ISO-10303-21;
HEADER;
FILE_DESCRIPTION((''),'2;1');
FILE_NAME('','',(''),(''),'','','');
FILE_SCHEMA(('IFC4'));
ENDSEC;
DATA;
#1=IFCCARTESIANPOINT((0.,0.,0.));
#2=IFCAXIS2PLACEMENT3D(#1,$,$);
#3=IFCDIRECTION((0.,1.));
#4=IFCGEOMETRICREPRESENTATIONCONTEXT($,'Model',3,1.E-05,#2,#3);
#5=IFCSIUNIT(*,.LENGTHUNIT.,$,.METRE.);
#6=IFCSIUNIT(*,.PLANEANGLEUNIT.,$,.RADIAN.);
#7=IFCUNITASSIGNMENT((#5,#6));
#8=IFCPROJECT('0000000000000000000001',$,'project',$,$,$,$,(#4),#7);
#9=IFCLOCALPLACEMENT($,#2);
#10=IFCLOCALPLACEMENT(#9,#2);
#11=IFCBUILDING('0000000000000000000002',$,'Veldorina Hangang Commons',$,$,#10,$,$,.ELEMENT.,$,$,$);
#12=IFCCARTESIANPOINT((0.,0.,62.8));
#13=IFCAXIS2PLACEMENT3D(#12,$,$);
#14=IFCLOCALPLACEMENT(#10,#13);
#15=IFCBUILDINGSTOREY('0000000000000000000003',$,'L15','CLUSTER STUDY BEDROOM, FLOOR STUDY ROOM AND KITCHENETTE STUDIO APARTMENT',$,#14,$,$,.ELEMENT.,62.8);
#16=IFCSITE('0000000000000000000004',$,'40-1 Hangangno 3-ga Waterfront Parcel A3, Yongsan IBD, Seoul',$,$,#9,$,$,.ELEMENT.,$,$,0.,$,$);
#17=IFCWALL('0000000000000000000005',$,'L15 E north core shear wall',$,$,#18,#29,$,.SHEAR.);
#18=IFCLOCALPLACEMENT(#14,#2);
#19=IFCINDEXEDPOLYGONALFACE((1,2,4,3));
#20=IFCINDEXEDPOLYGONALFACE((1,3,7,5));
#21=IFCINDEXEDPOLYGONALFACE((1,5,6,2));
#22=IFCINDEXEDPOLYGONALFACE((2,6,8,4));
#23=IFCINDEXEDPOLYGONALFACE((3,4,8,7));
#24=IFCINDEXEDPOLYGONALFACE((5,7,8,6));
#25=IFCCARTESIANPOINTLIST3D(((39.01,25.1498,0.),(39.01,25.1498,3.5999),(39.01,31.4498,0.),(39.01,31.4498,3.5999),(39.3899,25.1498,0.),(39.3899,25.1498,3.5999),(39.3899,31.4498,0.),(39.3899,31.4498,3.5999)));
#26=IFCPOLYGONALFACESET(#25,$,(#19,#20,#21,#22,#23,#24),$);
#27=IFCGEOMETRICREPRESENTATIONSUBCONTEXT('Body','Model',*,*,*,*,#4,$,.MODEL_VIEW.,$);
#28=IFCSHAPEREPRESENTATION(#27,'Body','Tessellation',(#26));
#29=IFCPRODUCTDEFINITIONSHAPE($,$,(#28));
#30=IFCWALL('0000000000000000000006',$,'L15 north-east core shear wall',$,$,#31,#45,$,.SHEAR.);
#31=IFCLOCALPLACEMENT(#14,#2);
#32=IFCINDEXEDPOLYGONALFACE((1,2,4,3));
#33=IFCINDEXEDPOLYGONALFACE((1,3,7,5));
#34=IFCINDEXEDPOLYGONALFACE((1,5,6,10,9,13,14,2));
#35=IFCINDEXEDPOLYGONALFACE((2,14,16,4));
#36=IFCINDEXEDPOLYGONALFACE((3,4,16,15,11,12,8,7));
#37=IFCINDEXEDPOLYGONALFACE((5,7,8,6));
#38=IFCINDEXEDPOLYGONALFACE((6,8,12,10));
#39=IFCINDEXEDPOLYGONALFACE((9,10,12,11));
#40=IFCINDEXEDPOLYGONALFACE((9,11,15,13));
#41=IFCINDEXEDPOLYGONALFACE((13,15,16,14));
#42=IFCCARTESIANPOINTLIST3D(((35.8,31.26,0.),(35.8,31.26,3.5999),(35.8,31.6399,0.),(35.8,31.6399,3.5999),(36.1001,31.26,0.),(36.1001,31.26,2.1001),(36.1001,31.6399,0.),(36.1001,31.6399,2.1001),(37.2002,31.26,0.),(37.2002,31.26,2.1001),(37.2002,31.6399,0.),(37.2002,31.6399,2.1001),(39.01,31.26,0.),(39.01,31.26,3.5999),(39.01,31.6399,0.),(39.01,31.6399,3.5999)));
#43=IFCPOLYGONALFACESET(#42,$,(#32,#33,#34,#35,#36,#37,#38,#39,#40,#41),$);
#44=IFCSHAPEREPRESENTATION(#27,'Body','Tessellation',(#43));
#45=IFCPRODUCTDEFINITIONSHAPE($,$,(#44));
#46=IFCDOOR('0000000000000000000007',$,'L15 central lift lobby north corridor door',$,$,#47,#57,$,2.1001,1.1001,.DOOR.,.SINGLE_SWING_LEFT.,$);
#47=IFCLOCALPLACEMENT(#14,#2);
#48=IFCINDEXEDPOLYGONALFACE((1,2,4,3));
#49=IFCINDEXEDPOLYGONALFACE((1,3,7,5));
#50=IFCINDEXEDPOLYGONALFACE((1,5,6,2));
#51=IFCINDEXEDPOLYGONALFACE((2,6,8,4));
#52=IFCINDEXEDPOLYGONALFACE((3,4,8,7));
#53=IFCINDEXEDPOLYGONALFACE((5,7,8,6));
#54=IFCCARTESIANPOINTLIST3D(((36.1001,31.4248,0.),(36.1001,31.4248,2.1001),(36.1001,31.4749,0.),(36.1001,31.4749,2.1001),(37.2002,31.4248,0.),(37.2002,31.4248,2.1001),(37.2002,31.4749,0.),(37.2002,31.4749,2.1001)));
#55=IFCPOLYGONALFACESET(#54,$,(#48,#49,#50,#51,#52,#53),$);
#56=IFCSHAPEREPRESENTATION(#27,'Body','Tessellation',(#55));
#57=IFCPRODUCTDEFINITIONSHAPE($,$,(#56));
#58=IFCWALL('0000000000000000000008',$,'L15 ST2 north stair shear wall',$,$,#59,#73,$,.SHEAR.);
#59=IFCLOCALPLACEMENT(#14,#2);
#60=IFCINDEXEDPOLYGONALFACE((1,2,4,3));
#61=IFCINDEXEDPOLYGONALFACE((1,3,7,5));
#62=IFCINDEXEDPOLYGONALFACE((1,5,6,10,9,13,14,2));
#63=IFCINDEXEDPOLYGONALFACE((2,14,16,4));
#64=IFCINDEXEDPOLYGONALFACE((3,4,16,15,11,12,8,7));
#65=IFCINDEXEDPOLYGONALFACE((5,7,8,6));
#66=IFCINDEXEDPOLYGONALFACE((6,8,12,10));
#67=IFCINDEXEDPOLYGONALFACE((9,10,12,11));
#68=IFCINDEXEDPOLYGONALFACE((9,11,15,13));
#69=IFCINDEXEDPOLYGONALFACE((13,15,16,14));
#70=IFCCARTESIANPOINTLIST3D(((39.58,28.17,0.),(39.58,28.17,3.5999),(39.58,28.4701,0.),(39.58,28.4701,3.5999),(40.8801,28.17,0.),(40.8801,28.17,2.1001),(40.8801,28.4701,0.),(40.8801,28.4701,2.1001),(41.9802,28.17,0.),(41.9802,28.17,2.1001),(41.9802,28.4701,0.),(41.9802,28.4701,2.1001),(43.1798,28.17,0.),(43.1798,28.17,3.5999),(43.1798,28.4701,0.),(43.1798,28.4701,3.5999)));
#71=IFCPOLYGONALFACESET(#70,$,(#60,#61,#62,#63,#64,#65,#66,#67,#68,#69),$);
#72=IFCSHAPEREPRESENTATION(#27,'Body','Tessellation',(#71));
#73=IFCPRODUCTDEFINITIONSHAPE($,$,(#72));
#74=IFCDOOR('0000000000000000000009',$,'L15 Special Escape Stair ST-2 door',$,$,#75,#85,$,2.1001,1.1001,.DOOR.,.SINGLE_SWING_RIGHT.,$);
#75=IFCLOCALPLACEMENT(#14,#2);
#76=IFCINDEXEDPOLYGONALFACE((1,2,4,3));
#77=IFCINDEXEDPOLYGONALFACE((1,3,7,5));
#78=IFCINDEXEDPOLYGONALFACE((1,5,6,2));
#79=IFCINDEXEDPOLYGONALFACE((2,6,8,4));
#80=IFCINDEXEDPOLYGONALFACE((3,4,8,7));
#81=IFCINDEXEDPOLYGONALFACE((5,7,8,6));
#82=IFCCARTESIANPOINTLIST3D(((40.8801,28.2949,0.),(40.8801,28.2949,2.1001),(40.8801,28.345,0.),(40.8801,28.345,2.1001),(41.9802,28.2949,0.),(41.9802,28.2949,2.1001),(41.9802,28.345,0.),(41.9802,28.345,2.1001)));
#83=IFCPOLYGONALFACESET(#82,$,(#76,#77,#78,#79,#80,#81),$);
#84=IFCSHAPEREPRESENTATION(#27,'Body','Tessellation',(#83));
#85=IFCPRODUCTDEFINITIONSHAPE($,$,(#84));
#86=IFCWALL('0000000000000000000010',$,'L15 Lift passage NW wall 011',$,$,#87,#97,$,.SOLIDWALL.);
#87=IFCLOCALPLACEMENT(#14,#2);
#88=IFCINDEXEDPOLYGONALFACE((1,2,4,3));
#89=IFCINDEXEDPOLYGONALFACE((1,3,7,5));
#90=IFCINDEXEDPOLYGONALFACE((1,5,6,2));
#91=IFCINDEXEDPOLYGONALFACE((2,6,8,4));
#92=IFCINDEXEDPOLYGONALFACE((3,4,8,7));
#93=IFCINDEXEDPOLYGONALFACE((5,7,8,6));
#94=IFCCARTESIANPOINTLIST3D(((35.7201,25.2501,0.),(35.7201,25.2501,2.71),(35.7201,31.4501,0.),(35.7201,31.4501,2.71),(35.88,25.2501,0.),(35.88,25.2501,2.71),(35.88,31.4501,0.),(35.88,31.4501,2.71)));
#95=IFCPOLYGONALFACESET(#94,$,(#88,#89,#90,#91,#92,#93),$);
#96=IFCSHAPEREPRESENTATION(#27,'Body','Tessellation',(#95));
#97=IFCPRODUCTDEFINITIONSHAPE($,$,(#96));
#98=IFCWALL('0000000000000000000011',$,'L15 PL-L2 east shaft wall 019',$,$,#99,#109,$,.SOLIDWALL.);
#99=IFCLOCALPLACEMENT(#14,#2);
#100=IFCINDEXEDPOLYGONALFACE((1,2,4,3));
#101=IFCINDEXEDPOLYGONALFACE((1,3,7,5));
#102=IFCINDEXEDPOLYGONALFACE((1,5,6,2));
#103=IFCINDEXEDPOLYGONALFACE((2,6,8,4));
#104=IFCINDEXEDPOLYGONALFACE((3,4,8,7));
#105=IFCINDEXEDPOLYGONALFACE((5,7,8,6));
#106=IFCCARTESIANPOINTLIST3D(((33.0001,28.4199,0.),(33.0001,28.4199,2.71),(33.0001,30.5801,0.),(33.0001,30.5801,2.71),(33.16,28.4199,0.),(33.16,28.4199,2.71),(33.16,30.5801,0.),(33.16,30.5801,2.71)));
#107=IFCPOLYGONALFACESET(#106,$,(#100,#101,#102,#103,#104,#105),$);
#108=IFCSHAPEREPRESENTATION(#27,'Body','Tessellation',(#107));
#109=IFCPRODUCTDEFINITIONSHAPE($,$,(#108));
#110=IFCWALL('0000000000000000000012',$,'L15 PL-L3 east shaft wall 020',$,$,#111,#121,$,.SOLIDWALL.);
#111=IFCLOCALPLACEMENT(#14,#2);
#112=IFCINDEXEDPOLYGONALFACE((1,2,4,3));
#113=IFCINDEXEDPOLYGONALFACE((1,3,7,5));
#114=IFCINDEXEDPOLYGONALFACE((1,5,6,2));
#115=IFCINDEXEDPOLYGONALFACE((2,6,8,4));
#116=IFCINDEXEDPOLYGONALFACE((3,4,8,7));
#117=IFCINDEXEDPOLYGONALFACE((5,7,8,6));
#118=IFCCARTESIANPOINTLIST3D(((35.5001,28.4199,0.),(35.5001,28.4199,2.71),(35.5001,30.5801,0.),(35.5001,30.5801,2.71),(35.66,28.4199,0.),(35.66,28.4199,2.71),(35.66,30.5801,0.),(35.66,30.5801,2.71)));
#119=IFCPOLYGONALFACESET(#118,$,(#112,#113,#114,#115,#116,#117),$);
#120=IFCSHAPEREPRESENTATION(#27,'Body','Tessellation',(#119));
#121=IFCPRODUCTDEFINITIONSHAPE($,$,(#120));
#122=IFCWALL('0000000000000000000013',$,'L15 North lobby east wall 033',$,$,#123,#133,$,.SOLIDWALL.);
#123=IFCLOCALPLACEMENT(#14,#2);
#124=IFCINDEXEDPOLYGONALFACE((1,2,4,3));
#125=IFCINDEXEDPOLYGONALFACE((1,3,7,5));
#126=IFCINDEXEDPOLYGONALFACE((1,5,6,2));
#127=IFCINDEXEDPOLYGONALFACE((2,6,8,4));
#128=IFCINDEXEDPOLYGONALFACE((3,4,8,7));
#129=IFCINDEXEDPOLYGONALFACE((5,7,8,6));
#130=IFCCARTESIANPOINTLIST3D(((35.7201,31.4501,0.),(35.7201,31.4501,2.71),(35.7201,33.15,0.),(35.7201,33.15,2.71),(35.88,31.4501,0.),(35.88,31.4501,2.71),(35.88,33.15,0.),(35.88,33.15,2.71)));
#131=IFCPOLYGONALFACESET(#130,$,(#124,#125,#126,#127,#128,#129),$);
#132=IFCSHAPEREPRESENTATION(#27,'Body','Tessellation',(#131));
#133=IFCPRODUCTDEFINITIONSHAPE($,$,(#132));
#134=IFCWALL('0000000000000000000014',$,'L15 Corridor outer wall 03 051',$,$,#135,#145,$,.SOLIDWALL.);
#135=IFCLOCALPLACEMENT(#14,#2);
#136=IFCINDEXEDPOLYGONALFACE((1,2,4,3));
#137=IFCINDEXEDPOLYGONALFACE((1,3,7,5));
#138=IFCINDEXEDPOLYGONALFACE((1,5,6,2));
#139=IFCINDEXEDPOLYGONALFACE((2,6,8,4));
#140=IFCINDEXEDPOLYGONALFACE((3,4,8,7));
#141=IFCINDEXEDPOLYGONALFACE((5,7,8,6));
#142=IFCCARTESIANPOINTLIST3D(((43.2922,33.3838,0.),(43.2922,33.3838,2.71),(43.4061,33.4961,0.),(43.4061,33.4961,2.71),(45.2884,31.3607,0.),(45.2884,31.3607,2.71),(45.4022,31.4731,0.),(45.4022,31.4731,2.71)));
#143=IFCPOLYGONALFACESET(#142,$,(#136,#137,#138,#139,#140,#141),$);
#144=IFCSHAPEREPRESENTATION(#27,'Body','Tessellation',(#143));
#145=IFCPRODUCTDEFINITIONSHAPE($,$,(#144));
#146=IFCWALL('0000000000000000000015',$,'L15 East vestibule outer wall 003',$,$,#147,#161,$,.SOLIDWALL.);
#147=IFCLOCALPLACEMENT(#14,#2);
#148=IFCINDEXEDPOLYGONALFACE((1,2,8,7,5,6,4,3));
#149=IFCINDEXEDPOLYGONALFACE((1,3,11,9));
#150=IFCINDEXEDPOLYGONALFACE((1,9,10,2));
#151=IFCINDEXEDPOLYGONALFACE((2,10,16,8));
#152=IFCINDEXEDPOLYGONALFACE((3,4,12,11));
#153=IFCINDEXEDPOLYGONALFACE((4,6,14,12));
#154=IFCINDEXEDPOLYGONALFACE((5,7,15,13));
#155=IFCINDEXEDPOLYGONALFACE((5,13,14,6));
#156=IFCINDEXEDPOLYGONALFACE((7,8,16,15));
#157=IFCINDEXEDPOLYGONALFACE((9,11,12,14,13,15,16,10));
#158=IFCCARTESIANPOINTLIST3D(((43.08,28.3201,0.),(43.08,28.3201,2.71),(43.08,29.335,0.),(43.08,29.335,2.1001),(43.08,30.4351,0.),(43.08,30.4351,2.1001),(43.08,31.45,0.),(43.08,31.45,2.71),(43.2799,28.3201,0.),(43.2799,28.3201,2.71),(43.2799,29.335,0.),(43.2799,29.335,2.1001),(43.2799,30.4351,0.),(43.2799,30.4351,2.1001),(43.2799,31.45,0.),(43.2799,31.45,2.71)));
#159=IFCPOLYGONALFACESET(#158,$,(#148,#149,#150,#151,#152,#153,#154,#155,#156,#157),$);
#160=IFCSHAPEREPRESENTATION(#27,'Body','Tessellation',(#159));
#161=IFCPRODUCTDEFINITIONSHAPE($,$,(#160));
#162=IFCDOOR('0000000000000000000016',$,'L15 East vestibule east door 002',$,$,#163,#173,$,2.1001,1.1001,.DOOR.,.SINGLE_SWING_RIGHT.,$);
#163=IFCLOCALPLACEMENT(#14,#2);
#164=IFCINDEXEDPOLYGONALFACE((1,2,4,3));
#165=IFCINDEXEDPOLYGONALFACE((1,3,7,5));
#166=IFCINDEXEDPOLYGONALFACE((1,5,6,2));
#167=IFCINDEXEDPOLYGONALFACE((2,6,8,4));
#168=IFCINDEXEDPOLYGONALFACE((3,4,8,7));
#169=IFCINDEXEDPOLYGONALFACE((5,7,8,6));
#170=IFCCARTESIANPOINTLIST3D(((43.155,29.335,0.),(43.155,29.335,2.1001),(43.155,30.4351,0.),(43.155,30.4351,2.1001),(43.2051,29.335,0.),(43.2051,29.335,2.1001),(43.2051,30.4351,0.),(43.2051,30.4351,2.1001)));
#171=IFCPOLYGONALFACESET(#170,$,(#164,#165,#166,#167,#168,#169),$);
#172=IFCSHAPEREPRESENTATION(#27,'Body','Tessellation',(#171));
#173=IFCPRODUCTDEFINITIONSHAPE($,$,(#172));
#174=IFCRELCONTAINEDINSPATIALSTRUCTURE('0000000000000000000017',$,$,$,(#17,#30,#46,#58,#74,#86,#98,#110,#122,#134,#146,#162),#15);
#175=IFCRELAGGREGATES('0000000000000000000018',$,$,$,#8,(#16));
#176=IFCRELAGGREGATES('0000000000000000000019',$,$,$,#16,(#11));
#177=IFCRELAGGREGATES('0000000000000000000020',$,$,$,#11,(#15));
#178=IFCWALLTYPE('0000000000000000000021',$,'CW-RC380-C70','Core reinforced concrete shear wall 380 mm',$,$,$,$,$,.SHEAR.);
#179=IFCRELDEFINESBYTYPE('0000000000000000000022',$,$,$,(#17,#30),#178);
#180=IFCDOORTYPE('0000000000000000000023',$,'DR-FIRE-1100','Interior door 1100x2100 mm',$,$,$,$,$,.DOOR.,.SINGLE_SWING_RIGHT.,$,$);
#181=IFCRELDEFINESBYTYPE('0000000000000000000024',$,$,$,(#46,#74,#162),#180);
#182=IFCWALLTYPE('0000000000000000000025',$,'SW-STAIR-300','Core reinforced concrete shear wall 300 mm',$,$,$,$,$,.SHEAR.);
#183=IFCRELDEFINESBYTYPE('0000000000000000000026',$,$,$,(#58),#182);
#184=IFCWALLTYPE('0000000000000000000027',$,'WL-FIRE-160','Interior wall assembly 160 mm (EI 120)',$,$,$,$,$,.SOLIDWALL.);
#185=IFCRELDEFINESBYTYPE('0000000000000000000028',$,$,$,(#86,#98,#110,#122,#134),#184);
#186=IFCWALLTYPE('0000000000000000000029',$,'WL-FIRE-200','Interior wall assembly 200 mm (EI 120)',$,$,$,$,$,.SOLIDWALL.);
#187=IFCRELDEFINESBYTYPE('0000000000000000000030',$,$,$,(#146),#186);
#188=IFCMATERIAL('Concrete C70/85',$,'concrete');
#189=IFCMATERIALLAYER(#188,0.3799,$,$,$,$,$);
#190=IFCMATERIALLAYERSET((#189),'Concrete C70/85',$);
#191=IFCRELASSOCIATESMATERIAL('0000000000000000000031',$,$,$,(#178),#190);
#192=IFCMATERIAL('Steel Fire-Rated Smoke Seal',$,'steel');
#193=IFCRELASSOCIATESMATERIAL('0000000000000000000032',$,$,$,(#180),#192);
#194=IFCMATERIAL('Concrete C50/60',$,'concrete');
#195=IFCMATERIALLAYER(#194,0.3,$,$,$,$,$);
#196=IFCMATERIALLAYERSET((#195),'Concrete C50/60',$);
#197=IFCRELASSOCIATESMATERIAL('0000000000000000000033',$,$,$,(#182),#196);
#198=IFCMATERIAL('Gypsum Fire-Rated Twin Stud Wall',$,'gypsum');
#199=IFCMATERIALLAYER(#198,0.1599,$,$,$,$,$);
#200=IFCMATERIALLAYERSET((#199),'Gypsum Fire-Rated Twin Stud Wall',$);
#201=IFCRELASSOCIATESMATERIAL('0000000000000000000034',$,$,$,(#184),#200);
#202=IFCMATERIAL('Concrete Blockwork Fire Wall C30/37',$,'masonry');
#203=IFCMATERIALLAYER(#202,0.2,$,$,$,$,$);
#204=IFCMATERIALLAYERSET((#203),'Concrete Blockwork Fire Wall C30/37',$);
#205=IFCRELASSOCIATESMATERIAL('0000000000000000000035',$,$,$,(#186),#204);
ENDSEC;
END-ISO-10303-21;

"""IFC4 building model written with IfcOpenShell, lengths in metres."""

from ifc_helpers import new_model, si_unit, direction, frame, frame_2d, origin, place, context, subcontext, project, spatial, rectangle, extrude, material, layer, layer_set, type_object, element, fill, save


model = new_model("IFC4")

# Units and contexts
model_context = context("Model", 3, precision=1e-05, world=origin(), true_north=direction((0.0, 1.0)))
body_context = subcontext(model_context, "Body", "Model", "MODEL_VIEW")
ifc_project = project(units=[si_unit("LENGTHUNIT", "METRE"), si_unit("PLANEANGLEUNIT", "RADIAN")], contexts=[model_context])

# Site, building, storey
site_placement = place(None, origin())
site = spatial("IfcSite", under=ifc_project, at=site_placement, Name="40-1 Hangangno 3-ga Waterfront Parcel A3, Yongsan IBD, Seoul", CompositionType="ELEMENT", RefElevation=0.0)
building_placement = place(site_placement, origin())
building = spatial("IfcBuilding", under=site, at=building_placement, Name="Veldorina Hangang Commons", CompositionType="ELEMENT")
storey_placement = place(building_placement, frame((0.0, 0.0, 62.8)))
storey = spatial("IfcBuildingStorey", under=building, at=storey_placement, Name="L15", Description="CLUSTER STUDY BEDROOM, FLOOR STUDY ROOM AND KITCHENETTE STUDIO APARTMENT", CompositionType="ELEMENT", Elevation=62.8)

# Wall
ifc_material_1 = material(Name="Concrete C70/85", Category="concrete")
ifc_layer_1 = layer(ifc_material_1, 0.3799)
ifc_layer_set_1 = layer_set([ifc_layer_1], Name="Concrete C70/85")
wall_type_1 = type_object("IfcWallType", Name="CW-RC380-C70", Description="Core reinforced concrete shear wall 380 mm", PredefinedType="SHEAR", material=ifc_layer_set_1)
wall_1_placement = place(storey_placement, frame((39.2, 25.1499, 0.0), z_axis=(0.0, 0.0, 1.0), x_axis=(0.0, 1.0, 0.0)))
element("IfcWall", 1, at=wall_1_placement, inside=storey, type_object=wall_type_1, Name="L15 E north core shear wall", PredefinedType="SHEAR", context=body_context, shape_type="SweptSolid", body=[
    extrude(rectangle(XDim=6.3, YDim=0.3799, at=frame_2d((3.1499, 0.0))), origin(), (0.0, 0.0, 1.0), 3.5999),
])

# Walls, openings, doors
wall_2_placement = place(storey_placement, frame((35.8, 31.45, 0.0), z_axis=(0.0, 0.0, 1.0), x_axis=(1.0, 0.0, 0.0)))
wall_2 = element("IfcWall", 2, at=wall_2_placement, inside=storey, type_object=wall_type_1, Name="L15 north-east core shear wall", PredefinedType="SHEAR", context=body_context, shape_type="SweptSolid", body=[
    extrude(rectangle(XDim=3.21, YDim=0.3799, at=frame_2d((1.605, 0.0))), origin(), (0.0, 0.0, 1.0), 3.5999),
])
opening_1_placement = place(wall_2_placement, frame((0.3, 0.0, 0.0)))
opening_1 = element("IfcOpeningElement", 3, at=opening_1_placement, cuts=wall_2, PredefinedType="OPENING", context=body_context, shape_type="SweptSolid", body=[
    extrude(rectangle(XDim=1.1001, YDim=2.1001, at=frame_2d((0.55, 1.05))), frame((0.0, 0.2, 0.0), z_axis=(0.0, -1.0, 0.0), x_axis=(1.0, 0.0, 0.0)), (0.0, 0.0, 1.0), 0.3999),
])
ifc_material_2 = material(Name="Steel Fire-Rated Smoke Seal", Category="steel")
door_type_1 = type_object("IfcDoorType", Name="DR-FIRE-1100", Description="Interior door 1100x2100 mm", OperationType="SINGLE_SWING_RIGHT", PredefinedType="DOOR", material=ifc_material_2)
door_1_placement = place(opening_1_placement, origin())
door_1 = element("IfcDoor", 4, at=door_1_placement, inside=storey, type_object=door_type_1, Name="L15 central lift lobby north corridor door", OperationType="SINGLE_SWING_LEFT", OverallHeight=2.1001, OverallWidth=1.1001, PredefinedType="DOOR", context=body_context, shape_type="SweptSolid", body=[
    extrude(rectangle(XDim=1.1001, YDim=2.1001, at=frame_2d((0.55, 1.05))), frame((0.0, 0.0249, 0.0), z_axis=(0.0, -1.0, 0.0), x_axis=(1.0, 0.0, 0.0)), (0.0, 0.0, 1.0), 0.05),
])
fill(opening_1, door_1)
ifc_material_3 = material(Name="Concrete C50/60", Category="concrete")
ifc_layer_2 = layer(ifc_material_3, 0.3)
ifc_layer_set_2 = layer_set([ifc_layer_2], Name="Concrete C50/60")
wall_type_2 = type_object("IfcWallType", Name="SW-STAIR-300", Description="Core reinforced concrete shear wall 300 mm", PredefinedType="SHEAR", material=ifc_layer_set_2)
wall_3_placement = place(storey_placement, frame((39.5801, 28.3201, 0.0), z_axis=(0.0, 0.0, 1.0), x_axis=(1.0, 0.0, 0.0)))
wall_3 = element("IfcWall", 5, at=wall_3_placement, inside=storey, type_object=wall_type_2, Name="L15 ST2 north stair shear wall", PredefinedType="SHEAR", context=body_context, shape_type="SweptSolid", body=[
    extrude(rectangle(XDim=3.5999, YDim=0.3, at=frame_2d((1.7998, 0.0))), origin(), (0.0, 0.0, 1.0), 3.5999),
])
opening_2_placement = place(wall_3_placement, frame((1.3, 0.0, 0.0)))
opening_2 = element("IfcOpeningElement", 6, at=opening_2_placement, cuts=wall_3, PredefinedType="OPENING", context=body_context, shape_type="SweptSolid", body=[
    extrude(rectangle(XDim=1.1001, YDim=2.1001, at=frame_2d((0.55, 1.05))), frame((0.0, 0.1602, 0.0), z_axis=(0.0, -1.0, 0.0), x_axis=(1.0, 0.0, 0.0)), (0.0, 0.0, 1.0), 0.3201),
])
door_2_placement = place(opening_2_placement, origin())
door_2 = element("IfcDoor", 7, at=door_2_placement, inside=storey, type_object=door_type_1, Name="L15 Special Escape Stair ST-2 door", OperationType="SINGLE_SWING_RIGHT", OverallHeight=2.1001, OverallWidth=1.1001, PredefinedType="DOOR", context=body_context, shape_type="SweptSolid", body=[
    extrude(rectangle(XDim=1.1001, YDim=2.1001, at=frame_2d((0.55, 1.05))), frame((0.0, 0.0249, 0.0), z_axis=(0.0, -1.0, 0.0), x_axis=(1.0, 0.0, 0.0)), (0.0, 0.0, 1.0), 0.05),
])
fill(opening_2, door_2)

# Walls
ifc_material_4 = material(Name="Gypsum Fire-Rated Twin Stud Wall", Category="gypsum")
ifc_layer_3 = layer(ifc_material_4, 0.1599)
ifc_layer_set_3 = layer_set([ifc_layer_3], Name="Gypsum Fire-Rated Twin Stud Wall")
wall_type_3 = type_object("IfcWallType", Name="WL-FIRE-160", Description="Interior wall assembly 160 mm (EI 120)", PredefinedType="SOLIDWALL", material=ifc_layer_set_3)
wall_4_placement = place(storey_placement, frame((35.8, 25.25, 0.0), z_axis=(0.0, 0.0, 1.0), x_axis=(0.0, 1.0, 0.0)))
element("IfcWall", 8, at=wall_4_placement, inside=storey, type_object=wall_type_3, Name="L15 Lift passage NW wall 011", PredefinedType="SOLIDWALL", context=body_context, shape_type="SweptSolid", body=[
    extrude(rectangle(XDim=6.2, YDim=0.1599, at=frame_2d((3.1001, 0.0))), origin(), (0.0, 0.0, 1.0), 2.71),
])
for number, where, z_axis, x_axis, name in (
    (9, (33.0801, 28.4199, 0.0), (0.0, 0.0, 1.0), (0.0, 1.0, 0.0), "L15 PL-L2 east shaft wall 019"),
    (10, (35.5801, 28.4199, 0.0), (0.0, 0.0, 1.0), (0.0, 1.0, 0.0), "L15 PL-L3 east shaft wall 020"),
):
    element("IfcWall", number, at=place(storey_placement, frame(where, z_axis=z_axis, x_axis=x_axis)), inside=storey, type_object=wall_type_3, Name=name, PredefinedType="SOLIDWALL", context=body_context, shape_type="SweptSolid", body=[
        extrude(rectangle(XDim=2.1602, YDim=0.1599, at=frame_2d((1.0801, 0.0))), origin(), (0.0, 0.0, 1.0), 2.71),
    ])
wall_5_placement = place(storey_placement, frame((35.8, 31.45, 0.0), z_axis=(0.0, 0.0, 1.0), x_axis=(0.0, 1.0, 0.0)))
element("IfcWall", 11, at=wall_5_placement, inside=storey, type_object=wall_type_3, Name="L15 North lobby east wall 033", PredefinedType="SOLIDWALL", context=body_context, shape_type="SweptSolid", body=[
    extrude(rectangle(XDim=1.7, YDim=0.1599, at=frame_2d((0.8501, 0.0))), origin(), (0.0, 0.0, 1.0), 2.71),
])
wall_6_placement = place(storey_placement, frame((45.3452, 31.417, 0.0), z_axis=(0.0, 0.0, 1.0), x_axis=(-0.702366, 0.711816, 0.0)))
element("IfcWall", 12, at=wall_6_placement, inside=storey, type_object=wall_type_3, Name="L15 Corridor outer wall 03 051", PredefinedType="SOLIDWALL", context=body_context, shape_type="SweptSolid", body=[
    extrude(rectangle(XDim=2.842, YDim=0.1599, at=frame_2d((1.4209, 0.0))), origin(), (0.0, 0.0, 1.0), 2.71),
])

# Wall, opening, door
ifc_material_5 = material(Name="Concrete Blockwork Fire Wall C30/37", Category="masonry")
ifc_layer_4 = layer(ifc_material_5, 0.2)
ifc_layer_set_4 = layer_set([ifc_layer_4], Name="Concrete Blockwork Fire Wall C30/37")
wall_type_4 = type_object("IfcWallType", Name="WL-FIRE-200", Description="Interior wall assembly 200 mm (EI 120)", PredefinedType="SOLIDWALL", material=ifc_layer_set_4)
wall_7_placement = place(storey_placement, frame((43.1799, 28.3201, 0.0), z_axis=(0.0, 0.0, 1.0), x_axis=(0.0, 1.0, 0.0)))
wall_7 = element("IfcWall", 13, at=wall_7_placement, inside=storey, type_object=wall_type_4, Name="L15 East vestibule outer wall 003", PredefinedType="SOLIDWALL", context=body_context, shape_type="SweptSolid", body=[
    extrude(rectangle(XDim=3.1299, YDim=0.2, at=frame_2d((1.5649, 0.0))), origin(), (0.0, 0.0, 1.0), 2.71),
])
opening_3_placement = place(wall_7_placement, frame((1.0149, 0.0, 0.0)))
opening_3 = element("IfcOpeningElement", 14, at=opening_3_placement, cuts=wall_7, PredefinedType="OPENING", context=body_context, shape_type="SweptSolid", body=[
    extrude(rectangle(XDim=1.1001, YDim=2.1001, at=frame_2d((0.55, 1.05))), frame((0.0, 0.1099, 0.0), z_axis=(0.0, -1.0, 0.0), x_axis=(1.0, 0.0, 0.0)), (0.0, 0.0, 1.0), 0.22),
])
door_3_placement = place(opening_3_placement, origin())
door_3 = element("IfcDoor", 15, at=door_3_placement, inside=storey, type_object=door_type_1, Name="L15 East vestibule east door 002", OperationType="SINGLE_SWING_RIGHT", OverallHeight=2.1001, OverallWidth=1.1001, PredefinedType="DOOR", context=body_context, shape_type="SweptSolid", body=[
    extrude(rectangle(XDim=1.1001, YDim=2.1001, at=frame_2d((0.55, 1.05))), frame((0.0, 0.0249, 0.0), z_axis=(0.0, -1.0, 0.0), x_axis=(1.0, 0.0, 0.0)), (0.0, 0.0, 1.0), 0.05),
])
fill(opening_3, door_3)

save(model, "model.ifc")
